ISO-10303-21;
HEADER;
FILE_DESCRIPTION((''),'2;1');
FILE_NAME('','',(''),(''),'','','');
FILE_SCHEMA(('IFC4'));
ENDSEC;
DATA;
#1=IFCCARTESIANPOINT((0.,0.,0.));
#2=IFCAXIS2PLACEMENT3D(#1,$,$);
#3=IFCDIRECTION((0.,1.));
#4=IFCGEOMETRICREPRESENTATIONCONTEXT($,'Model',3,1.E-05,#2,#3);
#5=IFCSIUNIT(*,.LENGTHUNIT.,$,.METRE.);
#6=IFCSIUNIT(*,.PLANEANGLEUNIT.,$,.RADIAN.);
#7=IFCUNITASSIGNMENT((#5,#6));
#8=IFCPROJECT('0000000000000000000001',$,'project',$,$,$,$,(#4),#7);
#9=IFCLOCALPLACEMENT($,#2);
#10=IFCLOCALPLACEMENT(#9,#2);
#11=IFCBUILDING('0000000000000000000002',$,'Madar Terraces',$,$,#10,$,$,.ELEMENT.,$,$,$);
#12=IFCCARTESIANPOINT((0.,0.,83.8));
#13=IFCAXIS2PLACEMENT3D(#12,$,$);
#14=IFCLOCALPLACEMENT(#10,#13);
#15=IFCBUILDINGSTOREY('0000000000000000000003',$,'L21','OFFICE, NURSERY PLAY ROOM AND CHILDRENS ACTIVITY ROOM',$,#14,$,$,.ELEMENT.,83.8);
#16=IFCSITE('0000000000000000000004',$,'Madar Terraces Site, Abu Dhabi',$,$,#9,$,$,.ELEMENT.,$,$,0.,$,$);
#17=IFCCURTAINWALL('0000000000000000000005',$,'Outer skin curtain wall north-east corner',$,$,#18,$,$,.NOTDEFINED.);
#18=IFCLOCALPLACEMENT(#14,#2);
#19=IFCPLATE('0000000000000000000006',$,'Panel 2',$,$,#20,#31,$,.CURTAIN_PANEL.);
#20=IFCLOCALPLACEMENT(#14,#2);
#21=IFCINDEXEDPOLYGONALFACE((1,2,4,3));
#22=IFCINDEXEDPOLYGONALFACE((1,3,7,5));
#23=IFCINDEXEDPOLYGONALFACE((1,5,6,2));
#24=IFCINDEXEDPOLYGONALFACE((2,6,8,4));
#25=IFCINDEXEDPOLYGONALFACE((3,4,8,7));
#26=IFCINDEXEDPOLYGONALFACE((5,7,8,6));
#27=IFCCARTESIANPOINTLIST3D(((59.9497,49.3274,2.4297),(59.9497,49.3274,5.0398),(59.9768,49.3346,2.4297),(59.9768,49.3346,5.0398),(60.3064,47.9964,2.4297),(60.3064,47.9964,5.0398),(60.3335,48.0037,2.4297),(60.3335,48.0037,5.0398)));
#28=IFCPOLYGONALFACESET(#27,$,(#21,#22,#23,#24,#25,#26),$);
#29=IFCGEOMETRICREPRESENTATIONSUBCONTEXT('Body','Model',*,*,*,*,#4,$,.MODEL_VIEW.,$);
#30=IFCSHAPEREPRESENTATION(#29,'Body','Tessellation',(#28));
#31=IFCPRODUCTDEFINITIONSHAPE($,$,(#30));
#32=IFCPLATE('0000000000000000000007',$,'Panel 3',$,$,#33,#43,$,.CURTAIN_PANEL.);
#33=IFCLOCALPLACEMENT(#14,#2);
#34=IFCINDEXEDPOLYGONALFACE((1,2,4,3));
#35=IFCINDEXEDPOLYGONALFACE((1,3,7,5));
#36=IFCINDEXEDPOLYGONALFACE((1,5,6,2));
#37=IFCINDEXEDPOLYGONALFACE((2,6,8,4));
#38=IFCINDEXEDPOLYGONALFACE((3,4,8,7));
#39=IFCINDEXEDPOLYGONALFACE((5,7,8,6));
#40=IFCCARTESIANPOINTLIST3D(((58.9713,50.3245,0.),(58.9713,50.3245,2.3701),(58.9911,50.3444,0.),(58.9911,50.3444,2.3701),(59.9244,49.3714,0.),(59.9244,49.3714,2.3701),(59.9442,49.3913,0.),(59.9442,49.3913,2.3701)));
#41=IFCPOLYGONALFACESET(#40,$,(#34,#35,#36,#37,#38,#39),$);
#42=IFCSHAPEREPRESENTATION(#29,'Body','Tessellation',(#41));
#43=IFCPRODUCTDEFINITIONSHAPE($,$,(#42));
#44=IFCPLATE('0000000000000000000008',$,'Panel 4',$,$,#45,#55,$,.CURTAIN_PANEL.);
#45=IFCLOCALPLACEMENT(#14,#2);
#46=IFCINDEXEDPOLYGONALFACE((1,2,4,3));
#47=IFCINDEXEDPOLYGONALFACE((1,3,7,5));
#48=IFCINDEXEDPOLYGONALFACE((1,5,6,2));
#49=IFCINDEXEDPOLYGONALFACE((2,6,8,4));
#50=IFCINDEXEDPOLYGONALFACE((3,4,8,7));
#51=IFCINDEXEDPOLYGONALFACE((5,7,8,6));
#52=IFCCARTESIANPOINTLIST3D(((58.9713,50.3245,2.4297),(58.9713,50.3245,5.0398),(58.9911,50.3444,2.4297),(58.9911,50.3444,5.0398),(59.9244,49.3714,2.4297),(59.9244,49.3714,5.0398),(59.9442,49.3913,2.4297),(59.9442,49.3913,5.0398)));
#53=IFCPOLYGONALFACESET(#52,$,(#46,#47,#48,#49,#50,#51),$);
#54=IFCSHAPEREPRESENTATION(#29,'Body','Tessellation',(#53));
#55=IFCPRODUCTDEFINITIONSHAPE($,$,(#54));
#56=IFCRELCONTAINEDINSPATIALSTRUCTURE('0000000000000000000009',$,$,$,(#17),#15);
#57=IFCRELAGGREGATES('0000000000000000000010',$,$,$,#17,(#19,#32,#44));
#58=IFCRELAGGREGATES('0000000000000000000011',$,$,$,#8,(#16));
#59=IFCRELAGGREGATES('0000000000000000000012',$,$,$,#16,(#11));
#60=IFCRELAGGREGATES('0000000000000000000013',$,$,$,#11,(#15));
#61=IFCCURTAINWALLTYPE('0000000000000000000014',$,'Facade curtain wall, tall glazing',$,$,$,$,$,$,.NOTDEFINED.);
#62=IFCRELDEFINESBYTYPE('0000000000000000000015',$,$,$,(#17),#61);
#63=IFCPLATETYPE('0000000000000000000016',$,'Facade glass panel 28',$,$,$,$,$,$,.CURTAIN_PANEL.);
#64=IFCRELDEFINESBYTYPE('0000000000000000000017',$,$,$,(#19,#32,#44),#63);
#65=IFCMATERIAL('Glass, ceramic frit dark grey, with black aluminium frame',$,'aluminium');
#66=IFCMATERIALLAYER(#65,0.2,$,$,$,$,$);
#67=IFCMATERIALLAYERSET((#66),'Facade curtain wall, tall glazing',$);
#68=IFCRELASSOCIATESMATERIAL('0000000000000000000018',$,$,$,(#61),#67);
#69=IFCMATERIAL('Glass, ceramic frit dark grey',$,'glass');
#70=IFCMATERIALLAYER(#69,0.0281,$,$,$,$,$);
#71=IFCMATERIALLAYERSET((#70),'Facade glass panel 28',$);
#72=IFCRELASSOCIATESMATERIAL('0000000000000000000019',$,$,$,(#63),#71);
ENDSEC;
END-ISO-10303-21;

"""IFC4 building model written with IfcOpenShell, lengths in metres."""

from ifc_helpers import new_model, si_unit, direction, frame, origin, origin_2d, place, context, subcontext, project, spatial, rectangle, extrude, material, layer, layer_set, type_object, element, aggregate, save


model = new_model("IFC4")

# Units and contexts
model_context = context("Model", 3, precision=1e-05, world=origin(), true_north=direction((0.0, 1.0)))
body_context = subcontext(model_context, "Body", "Model", "MODEL_VIEW")
ifc_project = project(units=[si_unit("LENGTHUNIT", "METRE"), si_unit("PLANEANGLEUNIT", "RADIAN")], contexts=[model_context])

# Site, building, storey
site_placement = place(None, origin())
site = spatial("IfcSite", under=ifc_project, at=site_placement, Name="Madar Terraces Site, Abu Dhabi", CompositionType="ELEMENT", RefElevation=0.0)
building_placement = place(site_placement, origin())
building = spatial("IfcBuilding", under=site, at=building_placement, Name="Madar Terraces", CompositionType="ELEMENT")
storey_placement = place(building_placement, frame((0.0, 0.0, 83.8)))
storey = spatial("IfcBuildingStorey", under=building, at=storey_placement, Name="L21", Description="OFFICE, NURSERY PLAY ROOM AND CHILDRENS ACTIVITY ROOM", CompositionType="ELEMENT", Elevation=83.8)

# Curtain wall
ifc_material_1 = material(Name="Glass, ceramic frit dark grey, with black aluminium frame", Category="aluminium")
ifc_layer_1 = layer(ifc_material_1, 0.2)
ifc_layer_set_1 = layer_set([ifc_layer_1], Name="Facade curtain wall, tall glazing")
curtain_wall_type = type_object("IfcCurtainWallType", Name="Facade curtain wall, tall glazing", PredefinedType="NOTDEFINED", material=ifc_layer_set_1)
curtain_wall_1_placement = place(storey_placement, origin())
curtain_wall_1 = element("IfcCurtainWall", 1, at=curtain_wall_1_placement, inside=storey, type_object=curtain_wall_type, Name="Outer skin curtain wall north-east corner", PredefinedType="NOTDEFINED")

# Shared definitions
ifc_material_2 = material(Name="Glass, ceramic frit dark grey", Category="glass")
ifc_layer_2 = layer(ifc_material_2, 0.0281)
ifc_layer_set_2 = layer_set([ifc_layer_2], Name="Facade glass panel 28")
plate_type = type_object("IfcPlateType", Name="Facade glass panel 28", PredefinedType="CURTAIN_PANEL", material=ifc_layer_set_2)

# Plates
plate_1_placement = place(storey_placement, frame((60.1416, 48.6655, 2.4297), z_axis=(0.0, 0.0, 1.0), x_axis=(-0.258819, 0.965926, 0.0)))
plate_1 = element("IfcPlate", 2, at=plate_1_placement, type_object=plate_type, Name="Panel 2", PredefinedType="CURTAIN_PANEL", context=body_context, shape_type="SweptSolid", body=[
    extrude(rectangle(XDim=1.3779, YDim=0.0281, at=origin_2d()), origin(), (0.0, 0.0, 1.0), 2.6101),
])
plate_2_placement = place(storey_placement, frame((59.4578, 49.8579, 0.0), z_axis=(0.0, 0.0, 1.0), x_axis=(-0.707107, 0.707107, 0.0)))
plate_2 = element("IfcPlate", 3, at=plate_2_placement, type_object=plate_type, Name="Panel 3", PredefinedType="CURTAIN_PANEL", context=body_context, shape_type="SweptSolid", body=[
    extrude(rectangle(XDim=1.3479, YDim=0.0281, at=origin_2d()), origin(), (0.0, 0.0, 1.0), 2.3701),
])
plate_3_placement = place(storey_placement, frame((59.4578, 49.8579, 2.4297), z_axis=(0.0, 0.0, 1.0), x_axis=(-0.707107, 0.707107, 0.0)))
plate_3 = element("IfcPlate", 4, at=plate_3_placement, type_object=plate_type, Name="Panel 4", PredefinedType="CURTAIN_PANEL", context=body_context, shape_type="SweptSolid", body=[
    extrude(rectangle(XDim=1.3479, YDim=0.0281, at=origin_2d()), origin(), (0.0, 0.0, 1.0), 2.6101),
])
aggregate(curtain_wall_1, [plate_1, plate_2, plate_3])

save(model, "model.ifc")
